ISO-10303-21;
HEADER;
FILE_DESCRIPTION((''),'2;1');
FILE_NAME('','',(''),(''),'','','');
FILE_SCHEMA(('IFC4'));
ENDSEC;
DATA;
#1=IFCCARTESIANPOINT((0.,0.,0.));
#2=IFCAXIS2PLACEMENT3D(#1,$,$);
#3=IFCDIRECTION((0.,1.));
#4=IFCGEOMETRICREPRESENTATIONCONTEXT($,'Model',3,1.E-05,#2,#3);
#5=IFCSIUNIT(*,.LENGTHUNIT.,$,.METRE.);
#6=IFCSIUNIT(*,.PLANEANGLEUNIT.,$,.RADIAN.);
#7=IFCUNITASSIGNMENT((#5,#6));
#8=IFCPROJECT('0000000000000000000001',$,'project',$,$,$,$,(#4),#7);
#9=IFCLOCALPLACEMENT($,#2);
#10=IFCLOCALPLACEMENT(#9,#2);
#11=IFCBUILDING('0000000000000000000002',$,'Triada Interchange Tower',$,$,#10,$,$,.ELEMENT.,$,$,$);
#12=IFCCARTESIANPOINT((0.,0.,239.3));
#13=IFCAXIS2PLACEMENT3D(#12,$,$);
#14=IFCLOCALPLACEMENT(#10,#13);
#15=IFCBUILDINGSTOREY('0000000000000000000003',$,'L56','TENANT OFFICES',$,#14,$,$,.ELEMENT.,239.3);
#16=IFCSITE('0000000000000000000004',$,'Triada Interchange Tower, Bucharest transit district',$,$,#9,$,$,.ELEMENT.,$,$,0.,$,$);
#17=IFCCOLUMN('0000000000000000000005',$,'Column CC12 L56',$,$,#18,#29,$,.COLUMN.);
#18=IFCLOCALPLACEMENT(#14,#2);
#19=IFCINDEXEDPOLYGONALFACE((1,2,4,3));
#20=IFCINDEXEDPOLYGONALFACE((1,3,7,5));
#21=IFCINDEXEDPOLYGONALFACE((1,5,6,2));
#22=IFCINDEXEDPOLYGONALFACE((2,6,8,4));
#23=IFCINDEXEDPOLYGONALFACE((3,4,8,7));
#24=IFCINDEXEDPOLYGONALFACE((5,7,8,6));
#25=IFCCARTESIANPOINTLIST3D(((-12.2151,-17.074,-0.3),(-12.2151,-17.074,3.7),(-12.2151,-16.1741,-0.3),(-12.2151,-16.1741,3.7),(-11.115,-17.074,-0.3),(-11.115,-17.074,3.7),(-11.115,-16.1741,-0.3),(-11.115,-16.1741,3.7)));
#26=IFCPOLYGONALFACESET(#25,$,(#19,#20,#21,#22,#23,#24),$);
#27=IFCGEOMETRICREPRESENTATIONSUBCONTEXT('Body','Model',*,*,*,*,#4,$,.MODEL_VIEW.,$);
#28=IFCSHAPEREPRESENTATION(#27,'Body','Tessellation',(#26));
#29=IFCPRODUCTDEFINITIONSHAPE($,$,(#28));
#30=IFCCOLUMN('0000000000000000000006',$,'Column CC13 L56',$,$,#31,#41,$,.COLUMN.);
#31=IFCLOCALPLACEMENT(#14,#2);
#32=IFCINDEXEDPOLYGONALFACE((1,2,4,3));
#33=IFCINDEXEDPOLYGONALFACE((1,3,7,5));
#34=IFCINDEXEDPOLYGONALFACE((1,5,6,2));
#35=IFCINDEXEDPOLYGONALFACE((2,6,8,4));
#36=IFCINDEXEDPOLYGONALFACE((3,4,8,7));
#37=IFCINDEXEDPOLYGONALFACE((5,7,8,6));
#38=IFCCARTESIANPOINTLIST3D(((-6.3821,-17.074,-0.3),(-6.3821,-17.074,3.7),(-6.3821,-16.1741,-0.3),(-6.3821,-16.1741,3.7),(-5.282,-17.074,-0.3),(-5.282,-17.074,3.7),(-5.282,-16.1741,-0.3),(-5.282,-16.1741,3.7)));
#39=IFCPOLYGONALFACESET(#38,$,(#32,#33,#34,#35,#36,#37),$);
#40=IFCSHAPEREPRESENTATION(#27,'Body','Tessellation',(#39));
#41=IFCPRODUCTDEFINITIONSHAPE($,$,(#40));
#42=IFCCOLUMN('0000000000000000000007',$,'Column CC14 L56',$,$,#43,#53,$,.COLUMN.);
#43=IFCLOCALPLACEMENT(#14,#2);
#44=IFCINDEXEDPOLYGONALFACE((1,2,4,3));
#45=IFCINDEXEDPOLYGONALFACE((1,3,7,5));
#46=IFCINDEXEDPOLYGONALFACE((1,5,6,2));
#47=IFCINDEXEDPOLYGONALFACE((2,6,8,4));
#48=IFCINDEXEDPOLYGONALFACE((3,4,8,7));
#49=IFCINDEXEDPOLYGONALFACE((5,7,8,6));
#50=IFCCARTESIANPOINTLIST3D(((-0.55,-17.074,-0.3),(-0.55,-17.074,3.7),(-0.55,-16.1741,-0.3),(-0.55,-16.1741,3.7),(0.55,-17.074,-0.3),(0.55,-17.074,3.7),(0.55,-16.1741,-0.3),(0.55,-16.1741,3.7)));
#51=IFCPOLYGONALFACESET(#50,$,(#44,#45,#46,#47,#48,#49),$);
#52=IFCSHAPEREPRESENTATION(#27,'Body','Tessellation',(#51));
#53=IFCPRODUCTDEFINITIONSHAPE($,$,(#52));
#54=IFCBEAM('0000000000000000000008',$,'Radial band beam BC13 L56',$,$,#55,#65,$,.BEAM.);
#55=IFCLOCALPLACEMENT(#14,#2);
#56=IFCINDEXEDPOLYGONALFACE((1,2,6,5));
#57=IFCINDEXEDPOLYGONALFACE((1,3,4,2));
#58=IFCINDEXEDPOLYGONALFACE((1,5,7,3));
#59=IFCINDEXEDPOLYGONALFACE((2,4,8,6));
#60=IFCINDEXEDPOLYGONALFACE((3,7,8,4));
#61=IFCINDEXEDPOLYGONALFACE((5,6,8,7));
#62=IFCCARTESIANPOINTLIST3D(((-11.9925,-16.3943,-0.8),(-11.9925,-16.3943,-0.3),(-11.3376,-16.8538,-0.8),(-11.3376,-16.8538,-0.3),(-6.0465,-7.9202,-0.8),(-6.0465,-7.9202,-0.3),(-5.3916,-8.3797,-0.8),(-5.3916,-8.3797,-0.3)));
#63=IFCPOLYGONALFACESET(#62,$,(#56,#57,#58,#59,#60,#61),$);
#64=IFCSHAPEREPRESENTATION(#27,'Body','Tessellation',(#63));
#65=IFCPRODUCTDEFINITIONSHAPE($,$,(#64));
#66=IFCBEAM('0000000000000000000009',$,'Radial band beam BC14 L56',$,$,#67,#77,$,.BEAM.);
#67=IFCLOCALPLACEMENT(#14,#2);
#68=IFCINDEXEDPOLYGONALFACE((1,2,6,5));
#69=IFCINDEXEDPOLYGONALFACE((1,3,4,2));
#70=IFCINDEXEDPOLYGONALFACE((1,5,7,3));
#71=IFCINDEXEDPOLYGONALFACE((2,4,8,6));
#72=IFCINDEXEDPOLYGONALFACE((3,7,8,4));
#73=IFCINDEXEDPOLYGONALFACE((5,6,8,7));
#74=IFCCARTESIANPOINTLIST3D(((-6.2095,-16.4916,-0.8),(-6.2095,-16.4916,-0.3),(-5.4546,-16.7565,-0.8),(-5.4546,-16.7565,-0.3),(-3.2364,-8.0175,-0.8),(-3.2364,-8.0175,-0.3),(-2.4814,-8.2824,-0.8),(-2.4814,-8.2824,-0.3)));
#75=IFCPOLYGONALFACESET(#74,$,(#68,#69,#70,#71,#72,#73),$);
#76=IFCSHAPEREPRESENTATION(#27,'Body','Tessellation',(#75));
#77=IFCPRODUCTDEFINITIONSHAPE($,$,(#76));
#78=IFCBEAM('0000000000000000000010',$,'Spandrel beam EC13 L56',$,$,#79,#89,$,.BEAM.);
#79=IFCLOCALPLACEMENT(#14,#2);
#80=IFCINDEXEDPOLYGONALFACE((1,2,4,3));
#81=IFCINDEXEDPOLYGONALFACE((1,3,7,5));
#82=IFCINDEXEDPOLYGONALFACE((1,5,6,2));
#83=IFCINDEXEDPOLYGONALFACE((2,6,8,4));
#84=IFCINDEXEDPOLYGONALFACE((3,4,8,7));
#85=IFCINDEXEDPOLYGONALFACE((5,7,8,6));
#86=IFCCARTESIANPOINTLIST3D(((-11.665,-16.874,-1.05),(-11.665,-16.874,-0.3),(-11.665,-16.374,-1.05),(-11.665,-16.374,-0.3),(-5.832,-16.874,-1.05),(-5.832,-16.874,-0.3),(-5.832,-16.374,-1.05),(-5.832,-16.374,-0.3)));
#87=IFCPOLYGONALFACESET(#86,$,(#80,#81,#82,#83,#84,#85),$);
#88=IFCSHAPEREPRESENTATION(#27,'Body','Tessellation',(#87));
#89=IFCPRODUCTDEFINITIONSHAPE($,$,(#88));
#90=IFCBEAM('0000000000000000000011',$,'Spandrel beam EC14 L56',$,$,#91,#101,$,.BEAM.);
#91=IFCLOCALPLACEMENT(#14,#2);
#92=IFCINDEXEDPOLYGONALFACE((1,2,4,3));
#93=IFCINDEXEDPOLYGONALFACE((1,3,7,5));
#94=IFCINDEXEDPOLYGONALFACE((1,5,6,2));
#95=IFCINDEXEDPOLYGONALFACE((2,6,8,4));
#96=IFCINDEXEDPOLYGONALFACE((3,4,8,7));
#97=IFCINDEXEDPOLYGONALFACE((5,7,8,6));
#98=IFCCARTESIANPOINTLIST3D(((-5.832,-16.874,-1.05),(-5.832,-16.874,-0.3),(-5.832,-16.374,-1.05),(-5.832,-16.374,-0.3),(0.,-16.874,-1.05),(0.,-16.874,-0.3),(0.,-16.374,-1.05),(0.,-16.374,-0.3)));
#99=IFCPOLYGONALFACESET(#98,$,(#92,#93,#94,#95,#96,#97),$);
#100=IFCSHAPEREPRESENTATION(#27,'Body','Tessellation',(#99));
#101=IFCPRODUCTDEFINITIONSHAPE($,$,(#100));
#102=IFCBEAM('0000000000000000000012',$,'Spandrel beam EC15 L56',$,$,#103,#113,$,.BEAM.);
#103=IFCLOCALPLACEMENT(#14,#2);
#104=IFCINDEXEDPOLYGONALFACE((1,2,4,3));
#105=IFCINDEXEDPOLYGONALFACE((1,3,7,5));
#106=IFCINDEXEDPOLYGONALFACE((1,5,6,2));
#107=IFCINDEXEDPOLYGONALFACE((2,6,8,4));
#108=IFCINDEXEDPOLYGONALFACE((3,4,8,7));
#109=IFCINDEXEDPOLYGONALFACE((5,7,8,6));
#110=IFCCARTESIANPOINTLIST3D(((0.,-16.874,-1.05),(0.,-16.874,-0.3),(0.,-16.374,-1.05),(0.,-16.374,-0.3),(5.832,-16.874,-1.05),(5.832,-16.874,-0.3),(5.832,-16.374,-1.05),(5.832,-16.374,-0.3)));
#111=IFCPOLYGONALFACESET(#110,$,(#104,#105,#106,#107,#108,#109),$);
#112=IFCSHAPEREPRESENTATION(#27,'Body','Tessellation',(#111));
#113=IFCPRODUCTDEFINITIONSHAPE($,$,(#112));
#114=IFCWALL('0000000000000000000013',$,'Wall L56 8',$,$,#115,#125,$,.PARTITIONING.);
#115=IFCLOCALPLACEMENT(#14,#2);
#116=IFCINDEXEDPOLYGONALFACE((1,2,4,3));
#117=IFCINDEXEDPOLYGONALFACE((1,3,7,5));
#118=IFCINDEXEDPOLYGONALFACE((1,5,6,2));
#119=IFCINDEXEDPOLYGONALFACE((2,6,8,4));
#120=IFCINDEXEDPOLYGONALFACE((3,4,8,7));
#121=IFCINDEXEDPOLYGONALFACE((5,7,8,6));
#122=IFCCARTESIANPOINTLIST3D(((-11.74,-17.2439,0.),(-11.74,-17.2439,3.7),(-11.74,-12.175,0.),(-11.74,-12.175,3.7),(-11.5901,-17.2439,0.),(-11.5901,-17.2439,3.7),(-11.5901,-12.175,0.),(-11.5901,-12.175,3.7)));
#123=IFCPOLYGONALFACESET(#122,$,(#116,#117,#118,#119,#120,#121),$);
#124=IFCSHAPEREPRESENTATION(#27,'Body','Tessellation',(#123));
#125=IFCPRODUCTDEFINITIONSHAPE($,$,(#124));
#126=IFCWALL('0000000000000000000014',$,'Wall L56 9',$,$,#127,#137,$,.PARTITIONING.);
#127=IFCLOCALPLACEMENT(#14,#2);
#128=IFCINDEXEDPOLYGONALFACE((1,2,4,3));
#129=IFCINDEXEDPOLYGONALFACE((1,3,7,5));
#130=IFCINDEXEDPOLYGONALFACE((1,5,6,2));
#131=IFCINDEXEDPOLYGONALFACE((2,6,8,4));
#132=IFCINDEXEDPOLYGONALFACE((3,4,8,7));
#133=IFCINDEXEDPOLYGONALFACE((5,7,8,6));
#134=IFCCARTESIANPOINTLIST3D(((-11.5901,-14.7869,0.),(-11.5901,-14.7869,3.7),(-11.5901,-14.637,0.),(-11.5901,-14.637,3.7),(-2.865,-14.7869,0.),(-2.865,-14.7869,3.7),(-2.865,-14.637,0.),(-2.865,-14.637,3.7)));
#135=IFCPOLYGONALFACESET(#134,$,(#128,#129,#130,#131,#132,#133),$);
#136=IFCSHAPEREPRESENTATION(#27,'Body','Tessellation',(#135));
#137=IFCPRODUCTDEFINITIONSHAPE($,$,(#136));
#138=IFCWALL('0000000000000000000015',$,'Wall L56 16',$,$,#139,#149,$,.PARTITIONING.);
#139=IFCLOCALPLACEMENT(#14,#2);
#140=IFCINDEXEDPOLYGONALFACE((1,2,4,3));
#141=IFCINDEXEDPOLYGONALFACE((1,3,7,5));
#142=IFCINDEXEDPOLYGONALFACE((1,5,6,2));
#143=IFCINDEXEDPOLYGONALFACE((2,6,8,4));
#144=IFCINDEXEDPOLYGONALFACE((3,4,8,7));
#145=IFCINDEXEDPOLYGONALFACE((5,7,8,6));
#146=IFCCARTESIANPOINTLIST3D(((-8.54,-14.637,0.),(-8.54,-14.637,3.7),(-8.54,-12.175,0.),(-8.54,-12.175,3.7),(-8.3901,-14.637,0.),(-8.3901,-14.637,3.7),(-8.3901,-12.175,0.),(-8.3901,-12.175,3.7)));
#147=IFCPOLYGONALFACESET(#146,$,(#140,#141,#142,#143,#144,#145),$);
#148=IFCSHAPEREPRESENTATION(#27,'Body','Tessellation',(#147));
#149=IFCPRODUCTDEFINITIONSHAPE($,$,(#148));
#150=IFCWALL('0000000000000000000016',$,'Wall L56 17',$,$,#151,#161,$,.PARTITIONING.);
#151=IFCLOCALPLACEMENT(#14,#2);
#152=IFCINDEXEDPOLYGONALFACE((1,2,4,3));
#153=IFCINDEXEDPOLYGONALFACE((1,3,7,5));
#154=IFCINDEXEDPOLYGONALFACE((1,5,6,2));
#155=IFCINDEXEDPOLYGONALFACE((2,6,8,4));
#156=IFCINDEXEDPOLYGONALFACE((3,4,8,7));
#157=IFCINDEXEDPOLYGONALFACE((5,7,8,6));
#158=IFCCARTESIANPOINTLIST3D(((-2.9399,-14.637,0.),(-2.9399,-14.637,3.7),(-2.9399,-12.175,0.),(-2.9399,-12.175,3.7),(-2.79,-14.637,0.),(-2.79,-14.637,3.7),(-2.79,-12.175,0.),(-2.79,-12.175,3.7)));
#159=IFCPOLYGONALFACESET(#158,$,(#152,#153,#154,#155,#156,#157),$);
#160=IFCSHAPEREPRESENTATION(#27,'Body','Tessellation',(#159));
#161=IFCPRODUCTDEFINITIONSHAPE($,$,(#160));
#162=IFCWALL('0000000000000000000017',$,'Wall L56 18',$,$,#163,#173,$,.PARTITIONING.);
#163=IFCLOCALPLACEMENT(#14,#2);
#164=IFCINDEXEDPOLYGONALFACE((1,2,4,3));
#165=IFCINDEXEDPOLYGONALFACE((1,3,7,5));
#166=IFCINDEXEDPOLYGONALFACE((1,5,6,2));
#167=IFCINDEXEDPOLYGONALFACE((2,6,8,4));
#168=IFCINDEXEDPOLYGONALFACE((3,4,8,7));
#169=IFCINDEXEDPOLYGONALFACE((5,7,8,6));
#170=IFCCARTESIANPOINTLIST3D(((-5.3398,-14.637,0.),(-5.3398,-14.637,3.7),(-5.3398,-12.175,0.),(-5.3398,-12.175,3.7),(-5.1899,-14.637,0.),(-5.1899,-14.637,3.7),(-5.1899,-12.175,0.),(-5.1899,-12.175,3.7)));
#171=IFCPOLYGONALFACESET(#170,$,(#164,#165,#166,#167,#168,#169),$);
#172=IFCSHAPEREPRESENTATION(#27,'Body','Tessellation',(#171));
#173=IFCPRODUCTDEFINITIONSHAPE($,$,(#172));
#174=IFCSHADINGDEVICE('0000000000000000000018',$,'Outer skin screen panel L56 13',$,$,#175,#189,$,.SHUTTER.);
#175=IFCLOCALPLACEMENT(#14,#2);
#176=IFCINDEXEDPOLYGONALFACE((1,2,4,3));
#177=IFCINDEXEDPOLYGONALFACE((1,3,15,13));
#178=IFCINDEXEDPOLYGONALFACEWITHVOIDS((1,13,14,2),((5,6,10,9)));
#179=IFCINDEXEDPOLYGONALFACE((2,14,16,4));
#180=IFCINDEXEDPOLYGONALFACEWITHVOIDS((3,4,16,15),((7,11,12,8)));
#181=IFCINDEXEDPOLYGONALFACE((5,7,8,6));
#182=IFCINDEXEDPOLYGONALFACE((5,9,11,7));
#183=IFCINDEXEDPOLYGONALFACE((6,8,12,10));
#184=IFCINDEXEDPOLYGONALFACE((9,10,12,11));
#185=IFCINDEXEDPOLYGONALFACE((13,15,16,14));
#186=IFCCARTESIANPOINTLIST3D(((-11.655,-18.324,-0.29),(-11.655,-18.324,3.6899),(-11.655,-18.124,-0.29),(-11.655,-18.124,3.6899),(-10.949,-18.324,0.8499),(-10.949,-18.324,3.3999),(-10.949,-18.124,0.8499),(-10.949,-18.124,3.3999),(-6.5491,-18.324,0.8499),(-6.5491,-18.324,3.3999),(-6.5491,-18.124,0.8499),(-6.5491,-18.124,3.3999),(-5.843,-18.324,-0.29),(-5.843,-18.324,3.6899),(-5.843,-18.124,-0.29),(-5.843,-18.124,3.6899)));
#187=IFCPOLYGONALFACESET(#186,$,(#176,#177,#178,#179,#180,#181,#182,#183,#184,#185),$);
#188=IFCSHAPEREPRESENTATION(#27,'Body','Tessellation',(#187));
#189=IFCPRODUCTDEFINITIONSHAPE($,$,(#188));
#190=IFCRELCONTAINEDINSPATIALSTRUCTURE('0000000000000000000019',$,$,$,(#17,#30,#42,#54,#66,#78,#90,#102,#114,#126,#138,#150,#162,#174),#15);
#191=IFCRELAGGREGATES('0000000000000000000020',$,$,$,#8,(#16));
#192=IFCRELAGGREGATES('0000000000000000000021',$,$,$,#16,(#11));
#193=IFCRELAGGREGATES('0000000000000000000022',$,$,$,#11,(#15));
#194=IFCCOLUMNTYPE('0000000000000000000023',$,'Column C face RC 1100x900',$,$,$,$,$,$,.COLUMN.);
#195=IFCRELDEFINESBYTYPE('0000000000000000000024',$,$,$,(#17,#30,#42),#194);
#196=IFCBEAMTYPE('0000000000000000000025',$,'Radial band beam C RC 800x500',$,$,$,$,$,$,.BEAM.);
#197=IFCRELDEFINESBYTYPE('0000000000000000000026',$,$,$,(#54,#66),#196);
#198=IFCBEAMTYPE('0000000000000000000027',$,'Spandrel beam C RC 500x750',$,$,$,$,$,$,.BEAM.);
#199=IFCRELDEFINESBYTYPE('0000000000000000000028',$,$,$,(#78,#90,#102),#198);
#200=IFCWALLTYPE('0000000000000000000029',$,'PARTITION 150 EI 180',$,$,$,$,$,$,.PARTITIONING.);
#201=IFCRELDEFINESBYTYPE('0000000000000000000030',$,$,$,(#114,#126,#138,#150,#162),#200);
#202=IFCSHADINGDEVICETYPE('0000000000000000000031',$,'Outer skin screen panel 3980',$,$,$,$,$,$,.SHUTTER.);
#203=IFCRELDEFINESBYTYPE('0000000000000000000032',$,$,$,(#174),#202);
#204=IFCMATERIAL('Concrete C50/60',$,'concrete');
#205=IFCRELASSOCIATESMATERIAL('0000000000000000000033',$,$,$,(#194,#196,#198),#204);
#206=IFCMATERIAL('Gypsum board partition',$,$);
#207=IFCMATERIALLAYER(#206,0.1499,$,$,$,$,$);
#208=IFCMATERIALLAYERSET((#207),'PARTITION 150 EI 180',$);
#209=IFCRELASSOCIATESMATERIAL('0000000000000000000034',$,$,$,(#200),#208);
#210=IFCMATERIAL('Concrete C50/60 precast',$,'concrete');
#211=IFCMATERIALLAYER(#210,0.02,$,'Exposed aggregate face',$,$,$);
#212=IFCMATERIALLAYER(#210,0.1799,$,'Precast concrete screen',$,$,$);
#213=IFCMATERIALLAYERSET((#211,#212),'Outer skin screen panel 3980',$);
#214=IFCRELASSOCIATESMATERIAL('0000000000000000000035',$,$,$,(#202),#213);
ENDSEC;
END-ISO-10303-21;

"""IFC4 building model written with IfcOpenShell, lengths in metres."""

from ifc_helpers import new_model, si_unit, direction, frame, frame_2d, origin, origin_2d, place, context, subcontext, project, spatial, polyline, rectangle, outline, extrude, material, layer, layer_set, material_profile, profile_set, type_object, element, save


model = new_model("IFC4")

# Units and contexts
model_context = context("Model", 3, precision=1e-05, world=origin(), true_north=direction((0.0, 1.0)))
body_context = subcontext(model_context, "Body", "Model", "MODEL_VIEW")
ifc_project = project(units=[si_unit("LENGTHUNIT", "METRE"), si_unit("PLANEANGLEUNIT", "RADIAN")], contexts=[model_context])

# Site, building, storey
site_placement = place(None, origin())
site = spatial("IfcSite", under=ifc_project, at=site_placement, Name="Triada Interchange Tower, Bucharest transit district", CompositionType="ELEMENT", RefElevation=0.0)
building_placement = place(site_placement, origin())
building = spatial("IfcBuilding", under=site, at=building_placement, Name="Triada Interchange Tower", CompositionType="ELEMENT")
storey_placement = place(building_placement, frame((0.0, 0.0, 239.3)))
storey = spatial("IfcBuildingStorey", under=building, at=storey_placement, Name="L56", Description="TENANT OFFICES", CompositionType="ELEMENT", Elevation=239.3)

# Columns
ifc_material_1 = material(Name="Concrete C50/60", Category="concrete")
ifc_material_profile_1 = material_profile(ifc_material_1, rectangle(XDim=1.1001, YDim=0.8999, at=origin_2d()), Name="RC 1100x900")
ifc_profile_set_1 = profile_set([ifc_material_profile_1], Name="Concrete C50/60")
column_type = type_object("IfcColumnType", Name="Column C face RC 1100x900", PredefinedType="COLUMN", material=ifc_profile_set_1)
for number, where, z_axis, x_axis, name in (
    (1, (-11.665, -16.624, -0.3), (0.0, 0.0, 1.0), (1.0, 0.0, 0.0), "Column CC12 L56"),
    (2, (-5.832, -16.624, -0.3), (0.0, 0.0, 1.0), (1.0, 0.0, 0.0), "Column CC13 L56"),
    (3, (0.0, -16.624, -0.3), (0.0, 0.0, 1.0), (1.0, 0.0, 0.0), "Column CC14 L56"),
):
    element("IfcColumn", number, at=place(storey_placement, frame(where, z_axis=z_axis, x_axis=x_axis)), inside=storey, type_object=column_type, Name=name, PredefinedType="COLUMN", context=body_context, shape_type="SweptSolid", body=[
        extrude(rectangle(XDim=1.1001, YDim=0.8999, at=origin_2d()), origin(), (0.0, 0.0, 1.0), 4.0),
    ])

# Beams
ifc_material_profile_2 = material_profile(ifc_material_1, rectangle(XDim=0.8, YDim=0.5, at=origin_2d()), Name="RC 800x500")
ifc_profile_set_2 = profile_set([ifc_material_profile_2], Name="Concrete C50/60")
beam_type_1 = type_object("IfcBeamType", Name="Radial band beam C RC 800x500", PredefinedType="BEAM", material=ifc_profile_set_2)
beam_1_placement = place(storey_placement, frame((-11.665, -16.624, -0.55), z_axis=(0.57438, 0.818589, 0.0), x_axis=(-0.818589, 0.57438, 0.0)))
element("IfcBeam", 4, at=beam_1_placement, inside=storey, type_object=beam_type_1, Name="Radial band beam BC13 L56", PredefinedType="BEAM", context=body_context, shape_type="SweptSolid", body=[
    extrude(rectangle(XDim=0.8, YDim=0.5, at=origin_2d()), origin(), (0.0, 0.0, 1.0), 10.3521),
])
beam_2_placement = place(storey_placement, frame((-5.832, -16.624, -0.55), z_axis=(0.331065, 0.943608, 0.0), x_axis=(-0.943608, 0.331065, 0.0)))
element("IfcBeam", 5, at=beam_2_placement, inside=storey, type_object=beam_type_1, Name="Radial band beam BC14 L56", PredefinedType="BEAM", context=body_context, shape_type="SweptSolid", body=[
    extrude(rectangle(XDim=0.8, YDim=0.5, at=origin_2d()), origin(), (0.0, 0.0, 1.0), 8.9805),
])
ifc_material_profile_3 = material_profile(ifc_material_1, rectangle(XDim=0.5, YDim=0.75, at=origin_2d()), Name="RC 500x750")
ifc_profile_set_3 = profile_set([ifc_material_profile_3], Name="Concrete C50/60")
beam_type_2 = type_object("IfcBeamType", Name="Spandrel beam C RC 500x750", PredefinedType="BEAM", material=ifc_profile_set_3)
beam_3_placement = place(storey_placement, frame((-11.665, -16.624, -0.675), z_axis=(1.0, 0.0, 0.0), x_axis=(0.0, 1.0, 0.0)))
element("IfcBeam", 6, at=beam_3_placement, inside=storey, type_object=beam_type_2, Name="Spandrel beam EC13 L56", PredefinedType="BEAM", context=body_context, shape_type="SweptSolid", body=[
    extrude(rectangle(XDim=0.5, YDim=0.75, at=origin_2d()), origin(), (0.0, 0.0, 1.0), 5.833),
])
for number, where, z_axis, x_axis, name in (
    (7, (-5.832, -16.624, -0.675), (1.0, 0.0, 0.0), (0.0, 1.0, 0.0), "Spandrel beam EC14 L56"),
    (8, (0.0, -16.624, -0.675), (1.0, 0.0, 0.0), (0.0, 1.0, 0.0), "Spandrel beam EC15 L56"),
):
    element("IfcBeam", number, at=place(storey_placement, frame(where, z_axis=z_axis, x_axis=x_axis)), inside=storey, type_object=beam_type_2, Name=name, PredefinedType="BEAM", context=body_context, shape_type="SweptSolid", body=[
        extrude(rectangle(XDim=0.5, YDim=0.75, at=origin_2d()), origin(), (0.0, 0.0, 1.0), 5.832),
    ])

# Walls
ifc_material_2 = material(Name="Gypsum board partition")
ifc_layer_1 = layer(ifc_material_2, 0.1499)
ifc_layer_set_1 = layer_set([ifc_layer_1], Name="PARTITION 150 EI 180")
wall_type = type_object("IfcWallType", Name="PARTITION 150 EI 180", PredefinedType="PARTITIONING", material=ifc_layer_set_1)
wall_1_placement = place(storey_placement, frame((-11.665, -17.2439, 0.0), z_axis=(0.0, 0.0, 1.0), x_axis=(0.0, 1.0, 0.0)))
element("IfcWall", 9, at=wall_1_placement, inside=storey, type_object=wall_type, Name="Wall L56 8", PredefinedType="PARTITIONING", context=body_context, shape_type="SweptSolid", body=[
    extrude(rectangle(XDim=5.0688, YDim=0.1499, at=frame_2d((2.5344, 0.0))), origin(), (0.0, 0.0, 1.0), 3.7),
])
wall_2_placement = place(storey_placement, frame((-11.5901, -14.7119, 0.0), z_axis=(0.0, 0.0, 1.0), x_axis=(1.0, 0.0, 0.0)))
element("IfcWall", 10, at=wall_2_placement, inside=storey, type_object=wall_type, Name="Wall L56 9", PredefinedType="PARTITIONING", context=body_context, shape_type="SweptSolid", body=[
    extrude(rectangle(XDim=8.7251, YDim=0.1499, at=frame_2d((4.3625, 0.0))), origin(), (0.0, 0.0, 1.0), 3.7),
])
for number, where, z_axis, x_axis, name in (
    (11, (-8.4651, -14.637, 0.0), (0.0, 0.0, 1.0), (0.0, 1.0, 0.0), "Wall L56 16"),
    (12, (-2.865, -14.637, 0.0), (0.0, 0.0, 1.0), (0.0, 1.0, 0.0), "Wall L56 17"),
    (13, (-5.2649, -14.637, 0.0), (0.0, 0.0, 1.0), (0.0, 1.0, 0.0), "Wall L56 18"),
):
    element("IfcWall", number, at=place(storey_placement, frame(where, z_axis=z_axis, x_axis=x_axis)), inside=storey, type_object=wall_type, Name=name, PredefinedType="PARTITIONING", context=body_context, shape_type="SweptSolid", body=[
        extrude(rectangle(XDim=2.4619, YDim=0.1499, at=frame_2d((1.231, 0.0))), origin(), (0.0, 0.0, 1.0), 3.7),
    ])

# Shading device
ifc_material_3 = material(Name="Concrete C50/60 precast", Category="concrete")
ifc_layer_2 = layer(ifc_material_3, 0.02, Name="Exposed aggregate face")
ifc_layer_3 = layer(ifc_material_3, 0.1799, Name="Precast concrete screen")
ifc_layer_set_2 = layer_set([ifc_layer_2, ifc_layer_3], Name="Outer skin screen panel 3980")
shading_device_type = type_object("IfcShadingDeviceType", Name="Outer skin screen panel 3980", PredefinedType="SHUTTER", material=ifc_layer_set_2)
shading_device_1_placement = place(storey_placement, frame((-11.655, -18.124, -0.29), z_axis=(0.0, 0.0, 1.0), x_axis=(1.0, 0.0, 0.0)))
element("IfcShadingDevice", 14, at=shading_device_1_placement, inside=storey, type_object=shading_device_type, Name="Outer skin screen panel L56 13", PredefinedType="SHUTTER", context=body_context, shape_type="SweptSolid", body=[
    extrude(outline(polyline([(0.0, 0.0), (5.812, 0.0), (5.812, 3.98), (0.0, 3.98), (0.0, 0.0)]), holes=[polyline([(0.7061, 1.1399), (0.7061, 3.6899), (5.106, 3.6899), (5.106, 1.1399), (0.7061, 1.1399)])]), frame((0.0, 0.0, 0.0), z_axis=(0.0, -1.0, 0.0), x_axis=(1.0, 0.0, 0.0)), (0.0, 0.0, 1.0), 0.2),
])

save(model, "model.ifc")
